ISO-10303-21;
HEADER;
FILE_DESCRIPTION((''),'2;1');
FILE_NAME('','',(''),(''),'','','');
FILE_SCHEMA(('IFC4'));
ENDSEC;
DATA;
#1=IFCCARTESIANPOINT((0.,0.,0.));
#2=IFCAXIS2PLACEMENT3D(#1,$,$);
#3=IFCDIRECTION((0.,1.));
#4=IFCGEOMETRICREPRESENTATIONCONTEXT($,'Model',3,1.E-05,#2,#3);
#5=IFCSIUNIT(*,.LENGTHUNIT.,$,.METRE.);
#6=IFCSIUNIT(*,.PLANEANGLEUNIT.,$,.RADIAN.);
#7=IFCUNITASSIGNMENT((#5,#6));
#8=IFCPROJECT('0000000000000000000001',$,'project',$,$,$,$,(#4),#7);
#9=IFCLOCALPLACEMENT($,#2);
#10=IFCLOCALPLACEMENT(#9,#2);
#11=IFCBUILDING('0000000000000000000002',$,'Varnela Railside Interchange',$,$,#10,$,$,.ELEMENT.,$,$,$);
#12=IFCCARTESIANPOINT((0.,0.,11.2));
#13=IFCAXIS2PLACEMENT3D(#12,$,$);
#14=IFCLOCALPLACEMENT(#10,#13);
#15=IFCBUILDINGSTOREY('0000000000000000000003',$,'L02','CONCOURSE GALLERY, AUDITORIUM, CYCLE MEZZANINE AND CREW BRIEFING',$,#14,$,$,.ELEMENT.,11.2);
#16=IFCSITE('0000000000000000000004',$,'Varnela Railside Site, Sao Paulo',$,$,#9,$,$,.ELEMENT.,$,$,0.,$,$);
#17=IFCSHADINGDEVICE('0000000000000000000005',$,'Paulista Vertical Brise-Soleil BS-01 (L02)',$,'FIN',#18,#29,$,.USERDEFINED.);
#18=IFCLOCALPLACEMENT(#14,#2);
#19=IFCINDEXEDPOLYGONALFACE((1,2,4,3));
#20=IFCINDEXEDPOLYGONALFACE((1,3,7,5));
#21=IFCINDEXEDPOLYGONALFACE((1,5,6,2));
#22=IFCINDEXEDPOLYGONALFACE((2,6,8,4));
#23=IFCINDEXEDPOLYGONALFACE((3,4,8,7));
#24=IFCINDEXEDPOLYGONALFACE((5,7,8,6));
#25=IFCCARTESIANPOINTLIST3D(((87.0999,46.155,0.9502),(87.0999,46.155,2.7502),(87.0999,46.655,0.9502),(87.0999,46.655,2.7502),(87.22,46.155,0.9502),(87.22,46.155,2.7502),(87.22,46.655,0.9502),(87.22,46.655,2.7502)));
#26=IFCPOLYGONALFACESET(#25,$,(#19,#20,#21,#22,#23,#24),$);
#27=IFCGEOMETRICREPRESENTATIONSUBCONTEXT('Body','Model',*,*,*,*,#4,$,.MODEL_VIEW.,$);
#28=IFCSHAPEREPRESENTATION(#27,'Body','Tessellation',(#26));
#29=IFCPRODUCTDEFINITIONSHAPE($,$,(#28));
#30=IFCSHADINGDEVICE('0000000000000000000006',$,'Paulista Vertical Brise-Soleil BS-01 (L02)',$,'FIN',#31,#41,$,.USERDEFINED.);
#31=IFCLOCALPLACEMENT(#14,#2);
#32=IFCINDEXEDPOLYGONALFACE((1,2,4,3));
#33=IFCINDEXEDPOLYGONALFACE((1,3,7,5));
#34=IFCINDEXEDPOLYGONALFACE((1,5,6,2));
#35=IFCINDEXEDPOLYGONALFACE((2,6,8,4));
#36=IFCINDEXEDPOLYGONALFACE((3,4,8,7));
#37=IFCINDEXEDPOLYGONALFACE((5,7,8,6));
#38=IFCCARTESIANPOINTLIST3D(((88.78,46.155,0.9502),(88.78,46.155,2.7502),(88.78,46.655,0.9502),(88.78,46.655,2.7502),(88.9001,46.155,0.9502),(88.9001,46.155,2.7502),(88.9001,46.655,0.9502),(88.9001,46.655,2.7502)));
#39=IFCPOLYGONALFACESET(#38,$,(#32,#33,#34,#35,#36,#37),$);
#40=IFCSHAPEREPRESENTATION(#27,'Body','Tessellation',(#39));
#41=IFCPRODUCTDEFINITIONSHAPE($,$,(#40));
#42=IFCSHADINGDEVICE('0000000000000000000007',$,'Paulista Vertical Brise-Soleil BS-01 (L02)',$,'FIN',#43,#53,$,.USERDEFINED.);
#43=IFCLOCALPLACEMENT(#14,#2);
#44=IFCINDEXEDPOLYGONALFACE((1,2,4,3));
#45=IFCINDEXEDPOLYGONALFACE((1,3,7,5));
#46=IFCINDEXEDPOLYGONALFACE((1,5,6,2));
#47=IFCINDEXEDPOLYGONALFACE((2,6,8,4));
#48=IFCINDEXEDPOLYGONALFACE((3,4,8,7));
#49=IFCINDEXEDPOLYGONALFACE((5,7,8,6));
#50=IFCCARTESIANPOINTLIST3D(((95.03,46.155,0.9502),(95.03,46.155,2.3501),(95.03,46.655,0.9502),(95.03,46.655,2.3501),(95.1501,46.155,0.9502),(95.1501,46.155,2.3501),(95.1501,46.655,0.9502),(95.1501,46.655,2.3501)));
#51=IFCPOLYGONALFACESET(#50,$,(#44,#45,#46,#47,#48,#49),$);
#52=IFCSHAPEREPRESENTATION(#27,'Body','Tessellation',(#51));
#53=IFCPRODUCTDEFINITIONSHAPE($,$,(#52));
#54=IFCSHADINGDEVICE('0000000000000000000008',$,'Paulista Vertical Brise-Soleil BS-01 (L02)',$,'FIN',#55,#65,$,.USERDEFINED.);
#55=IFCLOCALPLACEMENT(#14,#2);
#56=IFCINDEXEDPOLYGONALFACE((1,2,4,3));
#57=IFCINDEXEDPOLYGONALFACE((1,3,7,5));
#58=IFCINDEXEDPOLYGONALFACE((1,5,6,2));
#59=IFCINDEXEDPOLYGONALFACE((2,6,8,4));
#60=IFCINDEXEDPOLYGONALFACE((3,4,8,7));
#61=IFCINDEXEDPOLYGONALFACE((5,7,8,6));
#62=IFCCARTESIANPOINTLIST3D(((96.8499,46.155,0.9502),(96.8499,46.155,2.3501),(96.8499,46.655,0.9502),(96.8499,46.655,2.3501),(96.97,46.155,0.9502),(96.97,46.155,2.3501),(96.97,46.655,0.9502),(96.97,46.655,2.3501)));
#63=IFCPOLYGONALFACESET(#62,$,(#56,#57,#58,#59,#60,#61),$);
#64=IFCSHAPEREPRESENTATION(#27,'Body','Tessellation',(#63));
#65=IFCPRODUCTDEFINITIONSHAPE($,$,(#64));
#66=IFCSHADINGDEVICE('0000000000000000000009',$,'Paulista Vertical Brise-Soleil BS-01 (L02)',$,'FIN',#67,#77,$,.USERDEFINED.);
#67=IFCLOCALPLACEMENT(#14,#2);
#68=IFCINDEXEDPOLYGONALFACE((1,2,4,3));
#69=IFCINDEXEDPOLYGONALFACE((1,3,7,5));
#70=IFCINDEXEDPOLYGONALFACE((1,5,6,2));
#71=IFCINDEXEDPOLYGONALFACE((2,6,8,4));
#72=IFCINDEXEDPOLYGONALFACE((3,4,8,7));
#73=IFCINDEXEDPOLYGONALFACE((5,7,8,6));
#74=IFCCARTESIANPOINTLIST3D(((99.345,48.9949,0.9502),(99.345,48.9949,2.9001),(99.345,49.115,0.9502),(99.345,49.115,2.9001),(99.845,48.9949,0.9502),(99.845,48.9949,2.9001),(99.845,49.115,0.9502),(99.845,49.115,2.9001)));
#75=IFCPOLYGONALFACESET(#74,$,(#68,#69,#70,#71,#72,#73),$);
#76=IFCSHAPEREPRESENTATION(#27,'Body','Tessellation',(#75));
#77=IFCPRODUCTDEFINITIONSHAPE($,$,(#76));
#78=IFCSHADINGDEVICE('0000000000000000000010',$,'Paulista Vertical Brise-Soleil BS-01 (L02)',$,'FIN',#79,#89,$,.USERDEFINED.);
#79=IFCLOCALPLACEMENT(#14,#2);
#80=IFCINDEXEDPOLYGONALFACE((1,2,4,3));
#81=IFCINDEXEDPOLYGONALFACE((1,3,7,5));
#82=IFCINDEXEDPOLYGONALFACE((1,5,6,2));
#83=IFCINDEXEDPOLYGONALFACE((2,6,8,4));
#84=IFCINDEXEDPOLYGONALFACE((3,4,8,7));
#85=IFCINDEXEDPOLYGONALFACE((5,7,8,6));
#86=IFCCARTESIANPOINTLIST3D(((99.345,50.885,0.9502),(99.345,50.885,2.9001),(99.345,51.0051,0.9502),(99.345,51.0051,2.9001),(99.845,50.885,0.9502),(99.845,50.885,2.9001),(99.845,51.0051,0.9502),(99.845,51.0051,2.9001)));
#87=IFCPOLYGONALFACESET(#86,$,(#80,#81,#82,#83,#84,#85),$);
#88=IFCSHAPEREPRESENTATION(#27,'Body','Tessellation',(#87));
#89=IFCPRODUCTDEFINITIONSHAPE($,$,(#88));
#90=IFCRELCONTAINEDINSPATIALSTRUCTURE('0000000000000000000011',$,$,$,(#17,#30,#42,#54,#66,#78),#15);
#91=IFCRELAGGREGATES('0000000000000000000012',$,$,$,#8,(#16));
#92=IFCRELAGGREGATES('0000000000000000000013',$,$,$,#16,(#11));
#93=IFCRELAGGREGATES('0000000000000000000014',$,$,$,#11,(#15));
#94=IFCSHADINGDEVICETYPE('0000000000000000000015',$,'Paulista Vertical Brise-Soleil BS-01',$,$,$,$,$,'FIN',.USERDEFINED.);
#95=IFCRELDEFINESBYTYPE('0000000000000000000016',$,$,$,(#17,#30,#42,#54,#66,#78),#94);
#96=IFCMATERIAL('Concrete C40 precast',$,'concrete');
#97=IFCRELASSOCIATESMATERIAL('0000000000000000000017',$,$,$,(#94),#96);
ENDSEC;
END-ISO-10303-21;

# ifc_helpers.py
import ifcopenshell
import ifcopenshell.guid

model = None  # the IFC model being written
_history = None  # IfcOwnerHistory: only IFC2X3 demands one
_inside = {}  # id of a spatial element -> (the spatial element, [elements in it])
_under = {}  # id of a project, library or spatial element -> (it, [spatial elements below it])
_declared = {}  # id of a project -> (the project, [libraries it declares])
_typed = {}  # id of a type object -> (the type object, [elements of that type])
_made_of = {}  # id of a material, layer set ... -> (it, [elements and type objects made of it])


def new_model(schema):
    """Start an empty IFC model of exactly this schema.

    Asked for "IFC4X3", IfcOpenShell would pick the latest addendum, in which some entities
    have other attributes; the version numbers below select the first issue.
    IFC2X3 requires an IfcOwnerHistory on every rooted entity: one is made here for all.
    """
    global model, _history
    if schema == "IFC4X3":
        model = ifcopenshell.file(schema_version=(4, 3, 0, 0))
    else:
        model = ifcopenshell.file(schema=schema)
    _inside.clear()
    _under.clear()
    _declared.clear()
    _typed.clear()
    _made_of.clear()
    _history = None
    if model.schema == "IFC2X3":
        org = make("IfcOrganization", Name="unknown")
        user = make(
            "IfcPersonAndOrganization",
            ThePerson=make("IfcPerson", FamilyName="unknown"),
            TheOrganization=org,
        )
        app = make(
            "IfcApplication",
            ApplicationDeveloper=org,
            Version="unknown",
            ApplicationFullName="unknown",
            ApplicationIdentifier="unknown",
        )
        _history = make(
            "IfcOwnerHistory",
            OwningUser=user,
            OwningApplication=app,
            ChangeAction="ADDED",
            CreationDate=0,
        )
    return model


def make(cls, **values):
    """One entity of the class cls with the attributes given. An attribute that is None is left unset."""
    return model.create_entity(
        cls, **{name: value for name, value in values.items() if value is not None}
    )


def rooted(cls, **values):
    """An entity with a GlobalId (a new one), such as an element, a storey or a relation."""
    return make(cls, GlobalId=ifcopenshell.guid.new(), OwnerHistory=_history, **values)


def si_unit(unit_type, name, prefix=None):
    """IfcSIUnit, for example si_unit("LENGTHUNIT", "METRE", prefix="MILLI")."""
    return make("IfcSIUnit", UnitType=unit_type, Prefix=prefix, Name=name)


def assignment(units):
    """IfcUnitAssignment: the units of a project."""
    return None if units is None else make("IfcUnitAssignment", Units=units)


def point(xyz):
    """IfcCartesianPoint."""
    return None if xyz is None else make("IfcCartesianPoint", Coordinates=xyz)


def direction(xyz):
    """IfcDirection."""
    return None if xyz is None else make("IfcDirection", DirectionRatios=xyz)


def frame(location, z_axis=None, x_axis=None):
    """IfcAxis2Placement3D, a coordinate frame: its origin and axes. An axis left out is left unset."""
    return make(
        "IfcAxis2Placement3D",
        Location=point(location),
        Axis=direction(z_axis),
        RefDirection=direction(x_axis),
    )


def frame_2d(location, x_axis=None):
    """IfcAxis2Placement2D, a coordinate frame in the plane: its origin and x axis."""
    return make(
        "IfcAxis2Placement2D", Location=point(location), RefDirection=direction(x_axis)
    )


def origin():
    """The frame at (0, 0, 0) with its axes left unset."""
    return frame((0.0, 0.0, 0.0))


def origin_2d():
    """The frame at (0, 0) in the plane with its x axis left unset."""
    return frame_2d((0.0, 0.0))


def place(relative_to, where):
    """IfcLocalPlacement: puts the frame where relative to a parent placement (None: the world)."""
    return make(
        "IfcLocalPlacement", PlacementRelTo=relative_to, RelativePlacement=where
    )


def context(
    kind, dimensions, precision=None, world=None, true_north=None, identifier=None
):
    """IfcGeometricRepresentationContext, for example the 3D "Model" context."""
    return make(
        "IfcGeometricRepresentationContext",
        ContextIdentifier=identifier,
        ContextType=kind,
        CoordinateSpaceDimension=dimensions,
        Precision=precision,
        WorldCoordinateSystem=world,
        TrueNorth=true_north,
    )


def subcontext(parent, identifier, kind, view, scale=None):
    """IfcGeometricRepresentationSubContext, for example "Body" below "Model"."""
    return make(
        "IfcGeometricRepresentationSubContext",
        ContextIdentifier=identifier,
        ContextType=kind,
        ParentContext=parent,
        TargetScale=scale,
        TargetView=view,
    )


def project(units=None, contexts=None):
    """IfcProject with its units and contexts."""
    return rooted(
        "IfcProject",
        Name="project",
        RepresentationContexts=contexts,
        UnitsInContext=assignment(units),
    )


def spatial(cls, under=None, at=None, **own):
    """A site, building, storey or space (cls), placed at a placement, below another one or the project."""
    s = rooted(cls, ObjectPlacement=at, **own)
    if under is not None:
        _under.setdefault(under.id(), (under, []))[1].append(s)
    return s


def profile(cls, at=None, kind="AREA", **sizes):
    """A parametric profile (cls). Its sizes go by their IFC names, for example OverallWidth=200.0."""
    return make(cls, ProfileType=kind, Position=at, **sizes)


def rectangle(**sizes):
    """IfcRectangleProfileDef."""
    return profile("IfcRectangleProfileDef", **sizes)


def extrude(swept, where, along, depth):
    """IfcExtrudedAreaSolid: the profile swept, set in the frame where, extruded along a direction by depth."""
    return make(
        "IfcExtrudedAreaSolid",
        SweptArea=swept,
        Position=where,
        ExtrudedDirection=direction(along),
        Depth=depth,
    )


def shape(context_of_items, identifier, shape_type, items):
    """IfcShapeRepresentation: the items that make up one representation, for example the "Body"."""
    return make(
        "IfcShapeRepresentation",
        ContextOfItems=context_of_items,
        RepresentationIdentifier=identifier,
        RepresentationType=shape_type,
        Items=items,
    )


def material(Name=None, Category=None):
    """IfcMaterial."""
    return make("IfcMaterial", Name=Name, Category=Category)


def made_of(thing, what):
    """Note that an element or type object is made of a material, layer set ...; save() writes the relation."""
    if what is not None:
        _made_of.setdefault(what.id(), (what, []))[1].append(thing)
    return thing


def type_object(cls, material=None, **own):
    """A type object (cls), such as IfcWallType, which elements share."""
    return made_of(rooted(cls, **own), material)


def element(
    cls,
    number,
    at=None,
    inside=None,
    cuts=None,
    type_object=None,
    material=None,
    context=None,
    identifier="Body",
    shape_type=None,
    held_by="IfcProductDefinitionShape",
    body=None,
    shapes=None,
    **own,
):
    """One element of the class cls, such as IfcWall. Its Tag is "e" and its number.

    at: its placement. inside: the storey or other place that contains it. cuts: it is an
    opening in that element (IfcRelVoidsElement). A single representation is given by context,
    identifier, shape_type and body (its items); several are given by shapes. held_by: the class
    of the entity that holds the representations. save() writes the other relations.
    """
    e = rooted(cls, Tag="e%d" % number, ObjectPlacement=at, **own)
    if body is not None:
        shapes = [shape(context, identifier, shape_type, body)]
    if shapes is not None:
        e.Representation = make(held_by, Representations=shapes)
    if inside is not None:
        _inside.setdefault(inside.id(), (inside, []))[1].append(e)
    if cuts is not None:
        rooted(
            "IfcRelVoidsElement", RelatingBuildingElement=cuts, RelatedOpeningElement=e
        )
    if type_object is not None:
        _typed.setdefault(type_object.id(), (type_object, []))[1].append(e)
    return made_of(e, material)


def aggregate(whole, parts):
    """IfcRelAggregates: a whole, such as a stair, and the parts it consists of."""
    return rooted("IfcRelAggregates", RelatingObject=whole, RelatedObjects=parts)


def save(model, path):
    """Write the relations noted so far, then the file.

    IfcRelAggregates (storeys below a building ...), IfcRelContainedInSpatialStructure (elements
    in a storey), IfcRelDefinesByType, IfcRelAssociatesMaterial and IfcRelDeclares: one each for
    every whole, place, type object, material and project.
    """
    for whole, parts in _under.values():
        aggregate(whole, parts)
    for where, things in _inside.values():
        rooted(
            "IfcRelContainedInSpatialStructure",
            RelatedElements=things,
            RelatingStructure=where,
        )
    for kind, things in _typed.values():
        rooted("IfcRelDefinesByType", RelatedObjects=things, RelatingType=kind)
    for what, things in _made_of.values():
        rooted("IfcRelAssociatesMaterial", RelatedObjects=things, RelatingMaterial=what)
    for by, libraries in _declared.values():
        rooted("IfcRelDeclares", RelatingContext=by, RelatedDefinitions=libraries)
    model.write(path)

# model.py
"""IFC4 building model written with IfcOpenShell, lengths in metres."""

from ifc_helpers import new_model, si_unit, direction, frame, origin, origin_2d, place, context, subcontext, project, spatial, rectangle, extrude, material, type_object, element, save


model = new_model("IFC4")

# Units and contexts
model_context = context("Model", 3, precision=1e-05, world=origin(), true_north=direction((0.0, 1.0)))
body_context = subcontext(model_context, "Body", "Model", "MODEL_VIEW")
ifc_project = project(units=[si_unit("LENGTHUNIT", "METRE"), si_unit("PLANEANGLEUNIT", "RADIAN")], contexts=[model_context])

# Site, building, storey
site_placement = place(None, origin())
site = spatial("IfcSite", under=ifc_project, at=site_placement, Name="Varnela Railside Site, Sao Paulo", CompositionType="ELEMENT", RefElevation=0.0)
building_placement = place(site_placement, origin())
building = spatial("IfcBuilding", under=site, at=building_placement, Name="Varnela Railside Interchange", CompositionType="ELEMENT")
storey_placement = place(building_placement, frame((0.0, 0.0, 11.2)))
storey = spatial("IfcBuildingStorey", under=building, at=storey_placement, Name="L02", Description="CONCOURSE GALLERY, AUDITORIUM, CYCLE MEZZANINE AND CREW BRIEFING", CompositionType="ELEMENT", Elevation=11.2)

# Shared definitions
ifc_material_1 = material(Name="Concrete C40 precast", Category="concrete")

# Shading devices
shading_device_type = type_object("IfcShadingDeviceType", Name="Paulista Vertical Brise-Soleil BS-01", ElementType="FIN", PredefinedType="USERDEFINED", material=ifc_material_1)
for number, where, z_axis, x_axis, name in (
    (1, (87.1599, 46.405, 0.9502), (0.0, 0.0, 1.0), (0.0, 1.0, 0.0), "Paulista Vertical Brise-Soleil BS-01 (L02)"),
    (2, (88.8401, 46.405, 0.9502), (0.0, 0.0, 1.0), (0.0, 1.0, 0.0), "Paulista Vertical Brise-Soleil BS-01 (L02)"),
):
    element("IfcShadingDevice", number, at=place(storey_placement, frame(where, z_axis=z_axis, x_axis=x_axis)), inside=storey, type_object=shading_device_type, Name=name, ObjectType="FIN", PredefinedType="USERDEFINED", context=body_context, shape_type="SweptSolid", body=[
        extrude(rectangle(XDim=0.5, YDim=0.1201, at=origin_2d()), origin(), (0.0, 0.0, 1.0), 1.8),
    ])
for number, where, z_axis, x_axis, name in (
    (3, (95.0901, 46.405, 0.9502), (0.0, 0.0, 1.0), (0.0, 1.0, 0.0), "Paulista Vertical Brise-Soleil BS-01 (L02)"),
    (4, (96.9099, 46.405, 0.9502), (0.0, 0.0, 1.0), (0.0, 1.0, 0.0), "Paulista Vertical Brise-Soleil BS-01 (L02)"),
):
    element("IfcShadingDevice", number, at=place(storey_placement, frame(where, z_axis=z_axis, x_axis=x_axis)), inside=storey, type_object=shading_device_type, Name=name, ObjectType="FIN", PredefinedType="USERDEFINED", context=body_context, shape_type="SweptSolid", body=[
        extrude(rectangle(XDim=0.5, YDim=0.1201, at=origin_2d()), origin(), (0.0, 0.0, 1.0), 1.3999),
    ])
for number, where, z_axis, x_axis, name in (
    (5, (99.595, 49.0549, 0.9502), (0.0, 0.0, 1.0), (-1.0, 0.0, 0.0), "Paulista Vertical Brise-Soleil BS-01 (L02)"),
    (6, (99.595, 50.9451, 0.9502), (0.0, 0.0, 1.0), (-1.0, 0.0, 0.0), "Paulista Vertical Brise-Soleil BS-01 (L02)"),
):
    element("IfcShadingDevice", number, at=place(storey_placement, frame(where, z_axis=z_axis, x_axis=x_axis)), inside=storey, type_object=shading_device_type, Name=name, ObjectType="FIN", PredefinedType="USERDEFINED", context=body_context, shape_type="SweptSolid", body=[
        extrude(rectangle(XDim=0.5, YDim=0.1201, at=origin_2d()), origin(), (0.0, 0.0, 1.0), 1.95),
    ])

save(model, "model.ifc")
